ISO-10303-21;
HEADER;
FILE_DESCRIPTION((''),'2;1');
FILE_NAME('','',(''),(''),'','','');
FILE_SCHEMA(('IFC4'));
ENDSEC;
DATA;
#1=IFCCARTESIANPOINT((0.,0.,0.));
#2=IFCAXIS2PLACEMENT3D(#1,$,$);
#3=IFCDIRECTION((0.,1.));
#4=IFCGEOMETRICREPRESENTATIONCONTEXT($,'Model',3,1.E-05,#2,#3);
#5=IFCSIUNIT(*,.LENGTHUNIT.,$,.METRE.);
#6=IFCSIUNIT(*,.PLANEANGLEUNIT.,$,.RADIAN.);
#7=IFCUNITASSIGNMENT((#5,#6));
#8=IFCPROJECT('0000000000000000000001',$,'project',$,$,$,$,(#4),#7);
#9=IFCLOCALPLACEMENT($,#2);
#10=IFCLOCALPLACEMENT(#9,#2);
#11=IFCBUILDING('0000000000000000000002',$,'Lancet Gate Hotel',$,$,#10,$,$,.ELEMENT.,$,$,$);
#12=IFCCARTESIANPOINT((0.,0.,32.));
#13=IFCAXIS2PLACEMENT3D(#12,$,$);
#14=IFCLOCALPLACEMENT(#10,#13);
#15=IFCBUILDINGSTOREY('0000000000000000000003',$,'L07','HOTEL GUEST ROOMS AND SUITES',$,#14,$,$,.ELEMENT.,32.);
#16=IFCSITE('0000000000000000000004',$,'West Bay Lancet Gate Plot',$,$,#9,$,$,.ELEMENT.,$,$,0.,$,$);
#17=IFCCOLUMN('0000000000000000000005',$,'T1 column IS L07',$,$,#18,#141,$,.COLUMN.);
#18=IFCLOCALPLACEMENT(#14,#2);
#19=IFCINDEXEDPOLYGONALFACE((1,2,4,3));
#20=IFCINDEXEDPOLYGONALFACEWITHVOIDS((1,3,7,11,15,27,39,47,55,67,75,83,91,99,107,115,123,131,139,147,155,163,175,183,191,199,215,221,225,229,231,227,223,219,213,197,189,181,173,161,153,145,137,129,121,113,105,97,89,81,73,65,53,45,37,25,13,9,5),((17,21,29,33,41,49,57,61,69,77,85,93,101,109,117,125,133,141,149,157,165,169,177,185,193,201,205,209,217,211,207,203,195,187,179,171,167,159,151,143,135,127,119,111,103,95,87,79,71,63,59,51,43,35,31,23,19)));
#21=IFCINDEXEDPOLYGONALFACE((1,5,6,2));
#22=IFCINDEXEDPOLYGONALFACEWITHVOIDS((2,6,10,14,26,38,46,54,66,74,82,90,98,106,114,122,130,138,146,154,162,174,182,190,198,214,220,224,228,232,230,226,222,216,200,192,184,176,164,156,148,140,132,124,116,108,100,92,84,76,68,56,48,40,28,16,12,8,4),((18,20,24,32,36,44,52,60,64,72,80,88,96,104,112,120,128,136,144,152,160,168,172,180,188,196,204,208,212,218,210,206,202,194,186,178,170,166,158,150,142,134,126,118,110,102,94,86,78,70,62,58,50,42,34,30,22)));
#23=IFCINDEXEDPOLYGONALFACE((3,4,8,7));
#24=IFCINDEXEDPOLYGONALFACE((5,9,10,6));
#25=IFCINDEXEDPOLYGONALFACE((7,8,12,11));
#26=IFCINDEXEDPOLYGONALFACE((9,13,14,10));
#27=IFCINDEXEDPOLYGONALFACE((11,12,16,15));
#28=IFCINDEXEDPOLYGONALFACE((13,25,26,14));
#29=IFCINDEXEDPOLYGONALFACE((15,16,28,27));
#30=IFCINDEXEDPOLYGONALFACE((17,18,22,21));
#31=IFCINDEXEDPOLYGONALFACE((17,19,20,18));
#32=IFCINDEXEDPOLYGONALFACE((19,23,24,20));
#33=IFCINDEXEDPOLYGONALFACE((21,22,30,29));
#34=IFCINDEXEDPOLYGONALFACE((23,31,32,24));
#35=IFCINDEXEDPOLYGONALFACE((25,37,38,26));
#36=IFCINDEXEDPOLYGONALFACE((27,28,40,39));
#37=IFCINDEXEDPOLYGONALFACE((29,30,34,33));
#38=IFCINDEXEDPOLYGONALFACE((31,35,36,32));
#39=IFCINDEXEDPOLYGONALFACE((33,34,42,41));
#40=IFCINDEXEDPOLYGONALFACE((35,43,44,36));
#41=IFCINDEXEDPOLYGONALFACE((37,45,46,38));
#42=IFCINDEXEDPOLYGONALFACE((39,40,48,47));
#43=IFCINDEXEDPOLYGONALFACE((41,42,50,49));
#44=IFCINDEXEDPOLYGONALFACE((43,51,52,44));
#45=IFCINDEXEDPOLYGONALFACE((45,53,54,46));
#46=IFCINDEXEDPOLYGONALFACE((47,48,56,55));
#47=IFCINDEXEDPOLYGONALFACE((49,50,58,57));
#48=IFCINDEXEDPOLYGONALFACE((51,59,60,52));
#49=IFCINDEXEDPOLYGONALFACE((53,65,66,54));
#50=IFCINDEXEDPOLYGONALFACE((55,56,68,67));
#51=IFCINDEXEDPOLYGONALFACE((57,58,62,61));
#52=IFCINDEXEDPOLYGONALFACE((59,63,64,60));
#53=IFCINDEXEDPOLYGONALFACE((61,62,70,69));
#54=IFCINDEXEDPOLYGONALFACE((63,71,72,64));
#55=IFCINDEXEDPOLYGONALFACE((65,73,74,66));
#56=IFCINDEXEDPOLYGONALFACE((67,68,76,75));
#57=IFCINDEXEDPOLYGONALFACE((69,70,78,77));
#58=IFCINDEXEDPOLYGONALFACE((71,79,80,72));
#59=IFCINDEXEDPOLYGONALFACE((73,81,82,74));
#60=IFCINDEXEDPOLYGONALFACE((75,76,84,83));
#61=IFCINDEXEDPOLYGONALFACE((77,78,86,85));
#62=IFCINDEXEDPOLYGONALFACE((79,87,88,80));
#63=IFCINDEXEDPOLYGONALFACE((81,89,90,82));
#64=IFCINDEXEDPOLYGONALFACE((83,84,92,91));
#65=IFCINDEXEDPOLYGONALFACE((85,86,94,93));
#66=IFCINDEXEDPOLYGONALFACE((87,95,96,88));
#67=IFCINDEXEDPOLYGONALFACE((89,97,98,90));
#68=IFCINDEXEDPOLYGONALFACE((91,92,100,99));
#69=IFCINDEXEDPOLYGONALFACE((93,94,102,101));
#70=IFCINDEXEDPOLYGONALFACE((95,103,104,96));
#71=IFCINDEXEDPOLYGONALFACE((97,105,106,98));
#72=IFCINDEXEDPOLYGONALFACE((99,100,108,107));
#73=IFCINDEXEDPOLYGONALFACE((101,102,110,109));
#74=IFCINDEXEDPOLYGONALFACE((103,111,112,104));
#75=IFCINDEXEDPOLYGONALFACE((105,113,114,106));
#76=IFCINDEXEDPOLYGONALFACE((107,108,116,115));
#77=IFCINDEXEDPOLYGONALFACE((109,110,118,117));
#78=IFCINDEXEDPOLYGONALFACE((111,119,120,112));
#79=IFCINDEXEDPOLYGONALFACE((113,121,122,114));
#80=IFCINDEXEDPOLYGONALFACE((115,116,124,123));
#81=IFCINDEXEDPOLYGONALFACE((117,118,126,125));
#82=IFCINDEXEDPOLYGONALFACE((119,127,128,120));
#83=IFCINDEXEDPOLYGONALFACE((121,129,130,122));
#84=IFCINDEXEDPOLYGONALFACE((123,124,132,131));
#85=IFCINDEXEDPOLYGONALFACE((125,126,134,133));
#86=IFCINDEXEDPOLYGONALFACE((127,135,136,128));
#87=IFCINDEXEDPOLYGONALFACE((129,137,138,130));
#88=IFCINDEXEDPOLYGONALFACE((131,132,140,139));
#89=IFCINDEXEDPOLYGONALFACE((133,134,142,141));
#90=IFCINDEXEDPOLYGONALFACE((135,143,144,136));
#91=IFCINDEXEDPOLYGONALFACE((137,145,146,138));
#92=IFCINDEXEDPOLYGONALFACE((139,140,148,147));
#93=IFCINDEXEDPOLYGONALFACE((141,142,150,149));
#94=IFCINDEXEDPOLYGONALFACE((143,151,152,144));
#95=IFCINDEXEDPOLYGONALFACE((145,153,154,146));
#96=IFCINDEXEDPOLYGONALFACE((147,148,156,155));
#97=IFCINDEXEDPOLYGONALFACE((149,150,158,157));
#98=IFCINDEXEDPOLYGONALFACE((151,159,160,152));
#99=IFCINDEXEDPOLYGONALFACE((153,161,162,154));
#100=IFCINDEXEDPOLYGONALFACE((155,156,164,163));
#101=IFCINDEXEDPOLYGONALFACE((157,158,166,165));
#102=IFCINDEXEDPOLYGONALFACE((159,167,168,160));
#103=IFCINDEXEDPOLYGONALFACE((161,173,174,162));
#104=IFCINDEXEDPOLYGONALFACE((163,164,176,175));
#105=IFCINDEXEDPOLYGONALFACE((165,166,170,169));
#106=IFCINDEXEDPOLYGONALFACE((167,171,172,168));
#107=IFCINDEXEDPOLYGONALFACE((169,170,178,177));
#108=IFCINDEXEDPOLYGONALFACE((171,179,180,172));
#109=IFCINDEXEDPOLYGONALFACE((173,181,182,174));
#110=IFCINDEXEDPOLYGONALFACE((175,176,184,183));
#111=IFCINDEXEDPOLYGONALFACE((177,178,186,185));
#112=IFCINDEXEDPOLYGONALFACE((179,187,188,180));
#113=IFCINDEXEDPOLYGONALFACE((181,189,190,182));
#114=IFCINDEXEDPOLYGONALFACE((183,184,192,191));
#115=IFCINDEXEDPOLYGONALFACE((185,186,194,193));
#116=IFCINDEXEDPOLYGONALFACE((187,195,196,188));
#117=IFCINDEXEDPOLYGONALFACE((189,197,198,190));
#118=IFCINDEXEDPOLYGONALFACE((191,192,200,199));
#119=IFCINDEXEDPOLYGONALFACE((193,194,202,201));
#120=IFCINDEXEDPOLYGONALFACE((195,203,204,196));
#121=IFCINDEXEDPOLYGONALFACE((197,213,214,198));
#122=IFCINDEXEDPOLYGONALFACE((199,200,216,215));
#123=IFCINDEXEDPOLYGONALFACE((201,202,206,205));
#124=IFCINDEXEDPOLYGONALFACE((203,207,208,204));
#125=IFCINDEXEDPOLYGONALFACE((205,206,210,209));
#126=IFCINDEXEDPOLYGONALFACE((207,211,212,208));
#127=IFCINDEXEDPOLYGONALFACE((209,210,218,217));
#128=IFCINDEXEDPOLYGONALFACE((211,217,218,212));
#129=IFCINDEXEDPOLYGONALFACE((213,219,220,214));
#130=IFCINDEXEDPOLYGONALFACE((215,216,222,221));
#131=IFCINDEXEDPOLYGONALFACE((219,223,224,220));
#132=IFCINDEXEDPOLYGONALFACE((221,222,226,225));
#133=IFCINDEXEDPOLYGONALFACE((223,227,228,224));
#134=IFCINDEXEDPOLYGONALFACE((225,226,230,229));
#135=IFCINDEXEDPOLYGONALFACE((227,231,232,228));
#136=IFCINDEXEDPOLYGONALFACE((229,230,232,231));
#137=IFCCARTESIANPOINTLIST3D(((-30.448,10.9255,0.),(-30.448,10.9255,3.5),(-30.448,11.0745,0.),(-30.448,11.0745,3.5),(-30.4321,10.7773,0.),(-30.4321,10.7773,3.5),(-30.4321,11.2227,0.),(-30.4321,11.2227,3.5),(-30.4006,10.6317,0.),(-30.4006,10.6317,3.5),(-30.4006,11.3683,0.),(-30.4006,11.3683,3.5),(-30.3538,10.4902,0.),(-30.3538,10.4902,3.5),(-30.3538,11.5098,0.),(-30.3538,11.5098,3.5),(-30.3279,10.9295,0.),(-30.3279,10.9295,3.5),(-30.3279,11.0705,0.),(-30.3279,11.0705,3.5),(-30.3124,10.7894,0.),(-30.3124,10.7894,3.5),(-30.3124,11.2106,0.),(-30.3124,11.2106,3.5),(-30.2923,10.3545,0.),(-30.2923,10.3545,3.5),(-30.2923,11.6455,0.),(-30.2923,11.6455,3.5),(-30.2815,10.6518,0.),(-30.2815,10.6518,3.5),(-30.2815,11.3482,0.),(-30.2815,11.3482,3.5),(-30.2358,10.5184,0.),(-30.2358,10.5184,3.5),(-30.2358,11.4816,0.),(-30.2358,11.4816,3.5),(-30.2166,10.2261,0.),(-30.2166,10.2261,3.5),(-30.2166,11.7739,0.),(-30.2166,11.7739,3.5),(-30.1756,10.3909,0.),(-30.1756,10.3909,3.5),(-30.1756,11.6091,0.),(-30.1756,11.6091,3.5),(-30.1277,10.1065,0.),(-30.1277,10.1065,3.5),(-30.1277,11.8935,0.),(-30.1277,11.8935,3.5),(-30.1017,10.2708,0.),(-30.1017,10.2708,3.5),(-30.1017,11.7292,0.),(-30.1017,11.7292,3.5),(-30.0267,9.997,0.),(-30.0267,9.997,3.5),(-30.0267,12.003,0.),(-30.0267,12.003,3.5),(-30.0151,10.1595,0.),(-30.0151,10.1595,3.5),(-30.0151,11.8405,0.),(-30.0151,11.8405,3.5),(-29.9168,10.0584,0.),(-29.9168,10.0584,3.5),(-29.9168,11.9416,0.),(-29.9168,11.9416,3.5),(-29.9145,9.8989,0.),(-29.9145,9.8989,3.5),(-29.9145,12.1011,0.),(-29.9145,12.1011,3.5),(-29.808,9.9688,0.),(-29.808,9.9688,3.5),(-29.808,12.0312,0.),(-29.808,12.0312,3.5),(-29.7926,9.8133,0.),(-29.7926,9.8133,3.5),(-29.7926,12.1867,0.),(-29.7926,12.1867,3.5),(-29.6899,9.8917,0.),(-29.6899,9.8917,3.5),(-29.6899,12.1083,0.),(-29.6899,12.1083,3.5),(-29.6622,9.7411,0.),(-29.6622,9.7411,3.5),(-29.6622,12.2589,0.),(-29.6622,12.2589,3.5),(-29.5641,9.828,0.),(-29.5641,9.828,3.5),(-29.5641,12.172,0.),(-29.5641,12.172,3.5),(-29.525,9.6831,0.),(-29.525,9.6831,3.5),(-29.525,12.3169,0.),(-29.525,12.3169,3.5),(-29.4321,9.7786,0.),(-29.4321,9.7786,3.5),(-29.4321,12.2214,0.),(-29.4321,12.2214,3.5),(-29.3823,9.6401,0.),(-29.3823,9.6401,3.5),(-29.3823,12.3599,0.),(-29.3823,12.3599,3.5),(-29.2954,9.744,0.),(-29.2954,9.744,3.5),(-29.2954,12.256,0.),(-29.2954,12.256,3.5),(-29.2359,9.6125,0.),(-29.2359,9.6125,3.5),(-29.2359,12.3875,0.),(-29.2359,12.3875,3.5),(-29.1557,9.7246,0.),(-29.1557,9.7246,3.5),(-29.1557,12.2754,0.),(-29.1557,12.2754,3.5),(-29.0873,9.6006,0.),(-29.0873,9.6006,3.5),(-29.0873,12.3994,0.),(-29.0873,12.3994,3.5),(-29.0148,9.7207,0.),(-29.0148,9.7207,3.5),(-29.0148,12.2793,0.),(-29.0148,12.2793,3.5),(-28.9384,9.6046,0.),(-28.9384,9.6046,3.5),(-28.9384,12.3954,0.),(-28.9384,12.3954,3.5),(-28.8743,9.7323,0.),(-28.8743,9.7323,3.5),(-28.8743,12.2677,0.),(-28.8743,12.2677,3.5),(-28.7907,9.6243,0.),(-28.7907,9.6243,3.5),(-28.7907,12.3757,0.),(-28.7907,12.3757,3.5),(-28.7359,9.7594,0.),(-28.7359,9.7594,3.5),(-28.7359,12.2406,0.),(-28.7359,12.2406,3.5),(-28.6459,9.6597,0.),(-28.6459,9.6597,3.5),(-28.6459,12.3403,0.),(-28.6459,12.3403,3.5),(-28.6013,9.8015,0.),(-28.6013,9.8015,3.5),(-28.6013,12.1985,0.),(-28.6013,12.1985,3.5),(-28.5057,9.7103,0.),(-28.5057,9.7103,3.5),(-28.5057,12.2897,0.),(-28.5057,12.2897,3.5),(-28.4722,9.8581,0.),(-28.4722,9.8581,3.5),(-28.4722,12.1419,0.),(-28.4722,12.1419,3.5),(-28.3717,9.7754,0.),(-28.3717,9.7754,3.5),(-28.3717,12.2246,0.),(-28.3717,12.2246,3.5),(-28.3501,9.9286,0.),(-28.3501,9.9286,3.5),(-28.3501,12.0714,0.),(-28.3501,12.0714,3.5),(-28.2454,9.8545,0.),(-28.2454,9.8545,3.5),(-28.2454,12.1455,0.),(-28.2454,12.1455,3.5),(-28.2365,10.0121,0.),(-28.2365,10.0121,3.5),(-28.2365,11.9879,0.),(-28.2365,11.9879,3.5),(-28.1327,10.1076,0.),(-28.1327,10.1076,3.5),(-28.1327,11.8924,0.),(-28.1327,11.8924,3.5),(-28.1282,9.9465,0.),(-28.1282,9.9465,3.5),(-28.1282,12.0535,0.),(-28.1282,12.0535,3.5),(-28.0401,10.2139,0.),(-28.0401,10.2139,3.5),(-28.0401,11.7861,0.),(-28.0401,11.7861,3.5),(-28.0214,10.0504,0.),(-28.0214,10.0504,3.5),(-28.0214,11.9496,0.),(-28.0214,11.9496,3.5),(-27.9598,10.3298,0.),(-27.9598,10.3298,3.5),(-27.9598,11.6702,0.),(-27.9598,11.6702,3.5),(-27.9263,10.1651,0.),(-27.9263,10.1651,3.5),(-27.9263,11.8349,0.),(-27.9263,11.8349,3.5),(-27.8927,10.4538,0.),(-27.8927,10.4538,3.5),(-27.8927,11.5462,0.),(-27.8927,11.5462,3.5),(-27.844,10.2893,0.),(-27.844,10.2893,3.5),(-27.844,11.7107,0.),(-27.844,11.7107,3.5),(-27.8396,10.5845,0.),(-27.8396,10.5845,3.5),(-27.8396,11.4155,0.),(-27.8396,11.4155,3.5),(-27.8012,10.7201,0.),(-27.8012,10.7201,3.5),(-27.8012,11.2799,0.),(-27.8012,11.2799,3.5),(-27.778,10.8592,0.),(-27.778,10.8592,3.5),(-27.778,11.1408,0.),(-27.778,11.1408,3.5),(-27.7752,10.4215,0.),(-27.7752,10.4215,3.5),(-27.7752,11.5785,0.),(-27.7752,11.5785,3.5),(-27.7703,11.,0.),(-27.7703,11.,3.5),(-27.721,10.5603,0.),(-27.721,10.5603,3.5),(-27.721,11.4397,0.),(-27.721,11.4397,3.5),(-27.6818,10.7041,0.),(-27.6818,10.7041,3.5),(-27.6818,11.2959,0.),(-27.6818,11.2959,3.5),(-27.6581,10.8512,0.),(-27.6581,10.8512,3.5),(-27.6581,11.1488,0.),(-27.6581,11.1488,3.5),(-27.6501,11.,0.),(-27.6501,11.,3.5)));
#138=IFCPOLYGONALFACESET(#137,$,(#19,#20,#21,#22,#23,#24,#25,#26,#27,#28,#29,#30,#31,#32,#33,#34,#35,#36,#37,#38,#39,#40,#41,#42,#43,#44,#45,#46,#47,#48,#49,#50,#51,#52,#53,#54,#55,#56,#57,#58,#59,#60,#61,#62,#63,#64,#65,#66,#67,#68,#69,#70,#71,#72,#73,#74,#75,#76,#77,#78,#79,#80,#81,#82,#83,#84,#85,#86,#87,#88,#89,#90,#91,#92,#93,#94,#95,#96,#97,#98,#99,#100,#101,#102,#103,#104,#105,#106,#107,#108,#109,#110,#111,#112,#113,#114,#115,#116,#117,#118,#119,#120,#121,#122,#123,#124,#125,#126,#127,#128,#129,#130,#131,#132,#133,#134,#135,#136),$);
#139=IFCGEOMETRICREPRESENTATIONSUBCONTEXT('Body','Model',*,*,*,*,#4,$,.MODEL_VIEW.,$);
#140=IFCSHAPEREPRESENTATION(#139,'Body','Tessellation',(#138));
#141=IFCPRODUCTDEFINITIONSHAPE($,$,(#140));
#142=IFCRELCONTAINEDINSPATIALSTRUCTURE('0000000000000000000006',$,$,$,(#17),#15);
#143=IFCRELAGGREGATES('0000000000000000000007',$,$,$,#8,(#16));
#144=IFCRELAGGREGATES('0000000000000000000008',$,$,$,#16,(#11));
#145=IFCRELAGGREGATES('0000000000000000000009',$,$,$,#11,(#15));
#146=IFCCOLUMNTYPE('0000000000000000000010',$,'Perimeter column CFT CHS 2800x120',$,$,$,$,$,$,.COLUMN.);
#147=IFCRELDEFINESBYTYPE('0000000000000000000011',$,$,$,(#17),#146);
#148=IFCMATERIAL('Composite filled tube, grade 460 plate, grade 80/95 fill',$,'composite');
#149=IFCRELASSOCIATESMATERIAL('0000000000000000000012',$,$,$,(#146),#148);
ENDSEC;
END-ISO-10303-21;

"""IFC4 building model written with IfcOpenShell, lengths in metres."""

from ifc_helpers import new_model, si_unit, direction, frame, origin, origin_2d, place, context, subcontext, project, spatial, hollow_circle, extrude, material, material_profile, profile_set, type_object, element, save


model = new_model("IFC4")

# Units and contexts
model_context = context("Model", 3, precision=1e-05, world=origin(), true_north=direction((0.0, 1.0)))
body_context = subcontext(model_context, "Body", "Model", "MODEL_VIEW")
ifc_project = project(units=[si_unit("LENGTHUNIT", "METRE"), si_unit("PLANEANGLEUNIT", "RADIAN")], contexts=[model_context])

# Site, building, storey
site_placement = place(None, origin())
site = spatial("IfcSite", under=ifc_project, at=site_placement, Name="West Bay Lancet Gate Plot", CompositionType="ELEMENT", RefElevation=0.0)
building_placement = place(site_placement, origin())
building = spatial("IfcBuilding", under=site, at=building_placement, Name="Lancet Gate Hotel", CompositionType="ELEMENT")
storey_placement = place(building_placement, frame((0.0, 0.0, 32.0)))
storey = spatial("IfcBuildingStorey", under=building, at=storey_placement, Name="L07", Description="HOTEL GUEST ROOMS AND SUITES", CompositionType="ELEMENT", Elevation=32.0)

# Column
ifc_material_1 = material(Name="Composite filled tube, grade 460 plate, grade 80/95 fill", Category="composite")
ifc_material_profile_1 = material_profile(ifc_material_1, hollow_circle(Radius=1.3999, WallThickness=0.1201, at=origin_2d()), Name="CHS 2800x120")
ifc_profile_set_1 = profile_set([ifc_material_profile_1], Name="Composite filled tube, grade 460 plate, grade 80/95 fill")
column_type = type_object("IfcColumnType", Name="Perimeter column CFT CHS 2800x120", PredefinedType="COLUMN", material=ifc_profile_set_1)
for number, where, z_axis, x_axis, name in (
    (1, (-29.05, 11.0, 0.0), (0.0, 0.0, 1.0), (1.0, 0.0, 0.0), "T1 column IS L07"),
):
    element("IfcColumn", number, at=place(storey_placement, frame(where, z_axis=z_axis, x_axis=x_axis)), inside=storey, type_object=column_type, Name=name, PredefinedType="COLUMN", context=body_context, shape_type="SweptSolid", body=[
        extrude(hollow_circle(Radius=1.3999, WallThickness=0.1201, at=origin_2d()), origin(), (0.0, 0.0, 1.0), 3.5),
    ])

save(model, "model.ifc")
